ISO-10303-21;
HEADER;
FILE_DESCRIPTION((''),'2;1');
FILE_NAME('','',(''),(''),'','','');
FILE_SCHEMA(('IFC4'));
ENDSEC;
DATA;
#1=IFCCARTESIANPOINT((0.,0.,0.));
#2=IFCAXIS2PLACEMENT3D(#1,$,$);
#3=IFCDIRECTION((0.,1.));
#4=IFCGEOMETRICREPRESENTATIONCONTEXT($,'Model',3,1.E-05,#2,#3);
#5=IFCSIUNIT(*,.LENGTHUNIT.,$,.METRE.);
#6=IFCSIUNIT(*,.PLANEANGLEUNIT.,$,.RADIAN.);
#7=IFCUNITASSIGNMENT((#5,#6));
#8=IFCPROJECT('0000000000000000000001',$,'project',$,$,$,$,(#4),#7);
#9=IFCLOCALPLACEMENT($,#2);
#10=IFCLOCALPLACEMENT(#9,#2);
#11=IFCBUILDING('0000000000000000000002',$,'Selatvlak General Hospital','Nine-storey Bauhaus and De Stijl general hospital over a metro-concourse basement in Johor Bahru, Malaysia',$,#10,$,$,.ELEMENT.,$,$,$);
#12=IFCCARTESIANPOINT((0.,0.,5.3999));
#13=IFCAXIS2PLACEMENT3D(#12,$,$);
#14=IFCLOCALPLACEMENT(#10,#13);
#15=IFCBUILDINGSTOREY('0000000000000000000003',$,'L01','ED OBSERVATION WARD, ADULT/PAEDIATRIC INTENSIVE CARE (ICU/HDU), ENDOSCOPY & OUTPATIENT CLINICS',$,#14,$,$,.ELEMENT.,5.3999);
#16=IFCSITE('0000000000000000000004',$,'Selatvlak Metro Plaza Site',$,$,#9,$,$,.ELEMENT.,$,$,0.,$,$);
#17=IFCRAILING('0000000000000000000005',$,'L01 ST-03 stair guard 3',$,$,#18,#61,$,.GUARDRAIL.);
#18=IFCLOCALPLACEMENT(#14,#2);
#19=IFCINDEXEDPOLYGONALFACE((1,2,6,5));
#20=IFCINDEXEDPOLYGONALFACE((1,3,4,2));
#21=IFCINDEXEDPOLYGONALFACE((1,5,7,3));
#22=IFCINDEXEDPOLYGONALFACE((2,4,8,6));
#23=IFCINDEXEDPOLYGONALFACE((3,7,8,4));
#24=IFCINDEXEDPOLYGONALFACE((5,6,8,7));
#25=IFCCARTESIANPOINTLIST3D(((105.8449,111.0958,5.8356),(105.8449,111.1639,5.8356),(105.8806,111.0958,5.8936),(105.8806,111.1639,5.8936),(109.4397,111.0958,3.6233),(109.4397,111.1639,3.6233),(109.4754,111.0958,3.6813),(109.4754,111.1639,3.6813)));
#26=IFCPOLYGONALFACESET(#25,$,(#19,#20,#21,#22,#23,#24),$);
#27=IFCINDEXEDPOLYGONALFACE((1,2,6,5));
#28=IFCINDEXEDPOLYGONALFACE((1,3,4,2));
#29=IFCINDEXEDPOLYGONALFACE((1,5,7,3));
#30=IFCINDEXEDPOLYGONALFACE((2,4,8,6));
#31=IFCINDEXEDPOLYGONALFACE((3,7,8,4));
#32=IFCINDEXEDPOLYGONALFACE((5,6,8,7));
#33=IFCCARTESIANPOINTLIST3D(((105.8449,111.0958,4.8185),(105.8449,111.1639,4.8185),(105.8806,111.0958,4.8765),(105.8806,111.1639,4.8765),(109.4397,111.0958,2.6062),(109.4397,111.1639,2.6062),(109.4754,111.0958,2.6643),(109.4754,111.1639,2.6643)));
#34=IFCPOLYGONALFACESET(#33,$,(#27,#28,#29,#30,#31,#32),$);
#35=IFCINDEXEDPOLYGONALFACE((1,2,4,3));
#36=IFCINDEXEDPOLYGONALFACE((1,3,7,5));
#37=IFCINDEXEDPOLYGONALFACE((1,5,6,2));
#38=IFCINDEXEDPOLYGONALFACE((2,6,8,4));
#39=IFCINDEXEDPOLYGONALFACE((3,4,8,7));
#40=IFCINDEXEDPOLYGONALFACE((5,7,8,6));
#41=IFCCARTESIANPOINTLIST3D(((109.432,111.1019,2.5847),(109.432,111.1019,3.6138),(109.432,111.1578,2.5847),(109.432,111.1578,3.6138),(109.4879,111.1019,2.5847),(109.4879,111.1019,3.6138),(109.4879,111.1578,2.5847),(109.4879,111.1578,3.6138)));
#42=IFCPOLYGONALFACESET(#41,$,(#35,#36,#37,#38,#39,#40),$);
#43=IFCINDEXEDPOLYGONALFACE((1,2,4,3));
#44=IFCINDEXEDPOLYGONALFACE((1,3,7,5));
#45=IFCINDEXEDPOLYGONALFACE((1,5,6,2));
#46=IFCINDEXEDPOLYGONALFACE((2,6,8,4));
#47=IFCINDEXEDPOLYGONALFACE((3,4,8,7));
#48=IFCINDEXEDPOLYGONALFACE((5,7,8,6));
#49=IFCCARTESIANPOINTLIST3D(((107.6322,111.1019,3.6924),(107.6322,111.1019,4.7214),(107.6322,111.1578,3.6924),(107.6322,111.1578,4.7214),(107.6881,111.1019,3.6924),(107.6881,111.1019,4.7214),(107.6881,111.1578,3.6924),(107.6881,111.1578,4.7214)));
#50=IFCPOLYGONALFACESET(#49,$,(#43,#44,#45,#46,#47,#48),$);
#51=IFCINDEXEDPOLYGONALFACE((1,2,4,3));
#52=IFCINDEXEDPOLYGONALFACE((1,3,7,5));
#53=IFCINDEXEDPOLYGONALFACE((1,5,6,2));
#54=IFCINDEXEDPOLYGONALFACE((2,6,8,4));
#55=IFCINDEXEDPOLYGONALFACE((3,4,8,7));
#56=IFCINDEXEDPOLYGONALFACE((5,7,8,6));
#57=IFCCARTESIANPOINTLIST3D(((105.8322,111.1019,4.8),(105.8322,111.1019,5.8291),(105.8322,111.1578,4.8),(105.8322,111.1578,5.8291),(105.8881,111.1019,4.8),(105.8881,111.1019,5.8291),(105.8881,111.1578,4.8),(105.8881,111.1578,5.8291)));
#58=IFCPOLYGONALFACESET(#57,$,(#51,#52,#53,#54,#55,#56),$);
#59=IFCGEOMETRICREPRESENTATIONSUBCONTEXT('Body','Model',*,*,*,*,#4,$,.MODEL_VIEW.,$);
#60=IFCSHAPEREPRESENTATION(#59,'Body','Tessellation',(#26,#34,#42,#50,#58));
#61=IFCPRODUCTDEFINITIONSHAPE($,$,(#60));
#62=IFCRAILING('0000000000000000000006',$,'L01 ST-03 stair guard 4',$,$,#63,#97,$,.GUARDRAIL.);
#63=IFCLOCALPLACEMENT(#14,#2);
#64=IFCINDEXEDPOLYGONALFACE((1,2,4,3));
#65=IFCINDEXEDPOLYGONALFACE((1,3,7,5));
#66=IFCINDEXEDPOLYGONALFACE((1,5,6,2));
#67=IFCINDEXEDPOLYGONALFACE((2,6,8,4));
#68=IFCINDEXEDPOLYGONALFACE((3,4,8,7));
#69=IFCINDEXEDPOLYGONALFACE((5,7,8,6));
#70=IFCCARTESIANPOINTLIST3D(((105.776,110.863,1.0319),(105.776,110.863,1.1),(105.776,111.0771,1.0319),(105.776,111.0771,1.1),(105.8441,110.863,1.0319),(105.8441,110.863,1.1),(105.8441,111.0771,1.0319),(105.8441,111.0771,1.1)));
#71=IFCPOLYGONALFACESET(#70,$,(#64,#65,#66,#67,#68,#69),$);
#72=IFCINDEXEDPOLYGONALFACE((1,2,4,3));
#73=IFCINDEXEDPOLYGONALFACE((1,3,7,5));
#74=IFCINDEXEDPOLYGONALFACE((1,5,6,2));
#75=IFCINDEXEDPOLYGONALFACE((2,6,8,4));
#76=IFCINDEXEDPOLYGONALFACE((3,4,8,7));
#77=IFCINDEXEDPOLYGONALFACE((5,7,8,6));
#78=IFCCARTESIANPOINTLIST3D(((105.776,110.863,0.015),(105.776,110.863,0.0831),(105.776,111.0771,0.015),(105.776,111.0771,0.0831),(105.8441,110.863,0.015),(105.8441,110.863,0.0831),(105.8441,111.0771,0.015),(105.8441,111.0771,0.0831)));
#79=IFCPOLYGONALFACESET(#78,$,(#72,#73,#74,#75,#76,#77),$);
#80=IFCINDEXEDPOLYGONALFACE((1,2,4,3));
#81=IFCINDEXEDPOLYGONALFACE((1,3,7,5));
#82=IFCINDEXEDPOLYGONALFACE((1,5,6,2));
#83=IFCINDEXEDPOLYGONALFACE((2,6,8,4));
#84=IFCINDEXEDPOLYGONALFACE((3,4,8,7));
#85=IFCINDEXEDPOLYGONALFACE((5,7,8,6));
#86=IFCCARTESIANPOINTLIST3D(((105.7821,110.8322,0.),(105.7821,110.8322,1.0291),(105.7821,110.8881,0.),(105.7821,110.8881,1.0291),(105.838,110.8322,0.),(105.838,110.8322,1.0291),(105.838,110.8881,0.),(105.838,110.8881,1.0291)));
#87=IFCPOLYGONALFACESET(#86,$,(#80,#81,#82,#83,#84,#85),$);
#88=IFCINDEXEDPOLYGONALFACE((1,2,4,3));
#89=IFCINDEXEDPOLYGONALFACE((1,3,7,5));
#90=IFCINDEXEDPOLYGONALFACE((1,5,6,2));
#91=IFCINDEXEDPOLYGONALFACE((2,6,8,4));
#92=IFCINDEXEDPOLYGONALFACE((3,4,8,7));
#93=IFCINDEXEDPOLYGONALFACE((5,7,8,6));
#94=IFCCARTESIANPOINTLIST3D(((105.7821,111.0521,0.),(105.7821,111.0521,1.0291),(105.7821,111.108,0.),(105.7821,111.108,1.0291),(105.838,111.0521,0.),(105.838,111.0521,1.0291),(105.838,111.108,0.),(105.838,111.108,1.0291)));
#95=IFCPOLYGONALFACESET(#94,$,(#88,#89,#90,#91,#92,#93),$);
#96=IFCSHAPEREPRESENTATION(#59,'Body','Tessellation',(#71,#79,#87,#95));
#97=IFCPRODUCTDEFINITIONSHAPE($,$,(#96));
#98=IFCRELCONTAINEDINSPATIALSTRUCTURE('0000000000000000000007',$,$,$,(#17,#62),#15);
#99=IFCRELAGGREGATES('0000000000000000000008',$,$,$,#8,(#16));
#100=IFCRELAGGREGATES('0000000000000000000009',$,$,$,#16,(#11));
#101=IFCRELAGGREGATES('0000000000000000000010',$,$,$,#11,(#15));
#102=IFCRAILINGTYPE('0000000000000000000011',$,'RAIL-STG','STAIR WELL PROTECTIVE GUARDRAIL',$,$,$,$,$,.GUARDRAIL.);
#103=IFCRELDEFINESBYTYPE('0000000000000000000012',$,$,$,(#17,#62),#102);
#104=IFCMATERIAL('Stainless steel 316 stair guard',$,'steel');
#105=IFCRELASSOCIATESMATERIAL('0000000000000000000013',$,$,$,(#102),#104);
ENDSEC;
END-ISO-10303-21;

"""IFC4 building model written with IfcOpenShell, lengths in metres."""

from ifc_helpers import new_model, si_unit, direction, frame, origin, origin_2d, place, context, subcontext, project, spatial, rectangle, extrude, material, type_object, element, save


model = new_model("IFC4")

# Units and contexts
model_context = context("Model", 3, precision=1e-05, world=origin(), true_north=direction((0.0, 1.0)))
body_context = subcontext(model_context, "Body", "Model", "MODEL_VIEW")
ifc_project = project(units=[si_unit("LENGTHUNIT", "METRE"), si_unit("PLANEANGLEUNIT", "RADIAN")], contexts=[model_context])

# Site, building, storey
site_placement = place(None, origin())
site = spatial("IfcSite", under=ifc_project, at=site_placement, Name="Selatvlak Metro Plaza Site", CompositionType="ELEMENT", RefElevation=0.0)
building_placement = place(site_placement, origin())
building = spatial("IfcBuilding", under=site, at=building_placement, Name="Selatvlak General Hospital", Description="Nine-storey Bauhaus and De Stijl general hospital over a metro-concourse basement in Johor Bahru, Malaysia", CompositionType="ELEMENT")
storey_placement = place(building_placement, frame((0.0, 0.0, 5.3999)))
storey = spatial("IfcBuildingStorey", under=building, at=storey_placement, Name="L01", Description="ED OBSERVATION WARD, ADULT/PAEDIATRIC INTENSIVE CARE (ICU/HDU), ENDOSCOPY & OUTPATIENT CLINICS", CompositionType="ELEMENT", Elevation=5.3999)

# Railings
ifc_material_1 = material(Name="Stainless steel 316 stair guard", Category="steel")
railing_type_1 = type_object("IfcRailingType", Name="RAIL-STG", Description="STAIR WELL PROTECTIVE GUARDRAIL", PredefinedType="GUARDRAIL", material=ifc_material_1)
railing_1_placement = place(storey_placement, frame((109.46, 111.1299, 2.5847)))
element("IfcRailing", 1, at=railing_1_placement, inside=storey, type_object=railing_type_1, Name="L01 ST-03 stair guard 3", PredefinedType="GUARDRAIL", context=body_context, shape_type="SweptSolid", body=[
    extrude(rectangle(XDim=0.0681, YDim=0.0681, at=origin_2d()), frame((-0.0024, 0.0, 1.0676), z_axis=(-0.851654, 0.0, 0.524104), x_axis=(0.0, -1.0, 0.0)), (0.0, 0.0, 1.0), 4.2209),
    extrude(rectangle(XDim=0.0681, YDim=0.0681, at=origin_2d()), frame((-0.0024, 0.0, 0.0505), z_axis=(-0.851654, 0.0, 0.524104), x_axis=(0.0, -1.0, 0.0)), (0.0, 0.0, 1.0), 4.2209),
    extrude(rectangle(XDim=0.0559, YDim=0.0559, at=origin_2d()), origin(), (0.0, 0.0, 1.0), 1.0291),
    extrude(rectangle(XDim=0.0559, YDim=0.0559, at=origin_2d()), frame((-1.7998, 0.0, 1.1077)), (0.0, 0.0, 1.0), 1.0291),
    extrude(rectangle(XDim=0.0559, YDim=0.0559, at=origin_2d()), frame((-3.5999, 0.0, 2.2153)), (0.0, 0.0, 1.0), 1.0291),
])
railing_2_placement = place(storey_placement, frame((105.8101, 110.8601, 0.0)))
element("IfcRailing", 2, at=railing_2_placement, inside=storey, type_object=railing_type_1, Name="L01 ST-03 stair guard 4", PredefinedType="GUARDRAIL", context=body_context, shape_type="SweptSolid", body=[
    extrude(rectangle(XDim=0.0681, YDim=0.0681, at=origin_2d()), frame((0.0, 0.0029, 1.0659), z_axis=(0.0, 1.0, 0.0), x_axis=(-1.0, 0.0, 0.0)), (0.0, 0.0, 1.0), 0.2141),
    extrude(rectangle(XDim=0.0681, YDim=0.0681, at=origin_2d()), frame((0.0, 0.0029, 0.0491), z_axis=(0.0, 1.0, 0.0), x_axis=(-1.0, 0.0, 0.0)), (0.0, 0.0, 1.0), 0.2141),
    extrude(rectangle(XDim=0.0559, YDim=0.0559, at=origin_2d()), origin(), (0.0, 0.0, 1.0), 1.0291),
    extrude(rectangle(XDim=0.0559, YDim=0.0559, at=origin_2d()), frame((0.0, 0.22, 0.0)), (0.0, 0.0, 1.0), 1.0291),
])

save(model, "model.ifc")
